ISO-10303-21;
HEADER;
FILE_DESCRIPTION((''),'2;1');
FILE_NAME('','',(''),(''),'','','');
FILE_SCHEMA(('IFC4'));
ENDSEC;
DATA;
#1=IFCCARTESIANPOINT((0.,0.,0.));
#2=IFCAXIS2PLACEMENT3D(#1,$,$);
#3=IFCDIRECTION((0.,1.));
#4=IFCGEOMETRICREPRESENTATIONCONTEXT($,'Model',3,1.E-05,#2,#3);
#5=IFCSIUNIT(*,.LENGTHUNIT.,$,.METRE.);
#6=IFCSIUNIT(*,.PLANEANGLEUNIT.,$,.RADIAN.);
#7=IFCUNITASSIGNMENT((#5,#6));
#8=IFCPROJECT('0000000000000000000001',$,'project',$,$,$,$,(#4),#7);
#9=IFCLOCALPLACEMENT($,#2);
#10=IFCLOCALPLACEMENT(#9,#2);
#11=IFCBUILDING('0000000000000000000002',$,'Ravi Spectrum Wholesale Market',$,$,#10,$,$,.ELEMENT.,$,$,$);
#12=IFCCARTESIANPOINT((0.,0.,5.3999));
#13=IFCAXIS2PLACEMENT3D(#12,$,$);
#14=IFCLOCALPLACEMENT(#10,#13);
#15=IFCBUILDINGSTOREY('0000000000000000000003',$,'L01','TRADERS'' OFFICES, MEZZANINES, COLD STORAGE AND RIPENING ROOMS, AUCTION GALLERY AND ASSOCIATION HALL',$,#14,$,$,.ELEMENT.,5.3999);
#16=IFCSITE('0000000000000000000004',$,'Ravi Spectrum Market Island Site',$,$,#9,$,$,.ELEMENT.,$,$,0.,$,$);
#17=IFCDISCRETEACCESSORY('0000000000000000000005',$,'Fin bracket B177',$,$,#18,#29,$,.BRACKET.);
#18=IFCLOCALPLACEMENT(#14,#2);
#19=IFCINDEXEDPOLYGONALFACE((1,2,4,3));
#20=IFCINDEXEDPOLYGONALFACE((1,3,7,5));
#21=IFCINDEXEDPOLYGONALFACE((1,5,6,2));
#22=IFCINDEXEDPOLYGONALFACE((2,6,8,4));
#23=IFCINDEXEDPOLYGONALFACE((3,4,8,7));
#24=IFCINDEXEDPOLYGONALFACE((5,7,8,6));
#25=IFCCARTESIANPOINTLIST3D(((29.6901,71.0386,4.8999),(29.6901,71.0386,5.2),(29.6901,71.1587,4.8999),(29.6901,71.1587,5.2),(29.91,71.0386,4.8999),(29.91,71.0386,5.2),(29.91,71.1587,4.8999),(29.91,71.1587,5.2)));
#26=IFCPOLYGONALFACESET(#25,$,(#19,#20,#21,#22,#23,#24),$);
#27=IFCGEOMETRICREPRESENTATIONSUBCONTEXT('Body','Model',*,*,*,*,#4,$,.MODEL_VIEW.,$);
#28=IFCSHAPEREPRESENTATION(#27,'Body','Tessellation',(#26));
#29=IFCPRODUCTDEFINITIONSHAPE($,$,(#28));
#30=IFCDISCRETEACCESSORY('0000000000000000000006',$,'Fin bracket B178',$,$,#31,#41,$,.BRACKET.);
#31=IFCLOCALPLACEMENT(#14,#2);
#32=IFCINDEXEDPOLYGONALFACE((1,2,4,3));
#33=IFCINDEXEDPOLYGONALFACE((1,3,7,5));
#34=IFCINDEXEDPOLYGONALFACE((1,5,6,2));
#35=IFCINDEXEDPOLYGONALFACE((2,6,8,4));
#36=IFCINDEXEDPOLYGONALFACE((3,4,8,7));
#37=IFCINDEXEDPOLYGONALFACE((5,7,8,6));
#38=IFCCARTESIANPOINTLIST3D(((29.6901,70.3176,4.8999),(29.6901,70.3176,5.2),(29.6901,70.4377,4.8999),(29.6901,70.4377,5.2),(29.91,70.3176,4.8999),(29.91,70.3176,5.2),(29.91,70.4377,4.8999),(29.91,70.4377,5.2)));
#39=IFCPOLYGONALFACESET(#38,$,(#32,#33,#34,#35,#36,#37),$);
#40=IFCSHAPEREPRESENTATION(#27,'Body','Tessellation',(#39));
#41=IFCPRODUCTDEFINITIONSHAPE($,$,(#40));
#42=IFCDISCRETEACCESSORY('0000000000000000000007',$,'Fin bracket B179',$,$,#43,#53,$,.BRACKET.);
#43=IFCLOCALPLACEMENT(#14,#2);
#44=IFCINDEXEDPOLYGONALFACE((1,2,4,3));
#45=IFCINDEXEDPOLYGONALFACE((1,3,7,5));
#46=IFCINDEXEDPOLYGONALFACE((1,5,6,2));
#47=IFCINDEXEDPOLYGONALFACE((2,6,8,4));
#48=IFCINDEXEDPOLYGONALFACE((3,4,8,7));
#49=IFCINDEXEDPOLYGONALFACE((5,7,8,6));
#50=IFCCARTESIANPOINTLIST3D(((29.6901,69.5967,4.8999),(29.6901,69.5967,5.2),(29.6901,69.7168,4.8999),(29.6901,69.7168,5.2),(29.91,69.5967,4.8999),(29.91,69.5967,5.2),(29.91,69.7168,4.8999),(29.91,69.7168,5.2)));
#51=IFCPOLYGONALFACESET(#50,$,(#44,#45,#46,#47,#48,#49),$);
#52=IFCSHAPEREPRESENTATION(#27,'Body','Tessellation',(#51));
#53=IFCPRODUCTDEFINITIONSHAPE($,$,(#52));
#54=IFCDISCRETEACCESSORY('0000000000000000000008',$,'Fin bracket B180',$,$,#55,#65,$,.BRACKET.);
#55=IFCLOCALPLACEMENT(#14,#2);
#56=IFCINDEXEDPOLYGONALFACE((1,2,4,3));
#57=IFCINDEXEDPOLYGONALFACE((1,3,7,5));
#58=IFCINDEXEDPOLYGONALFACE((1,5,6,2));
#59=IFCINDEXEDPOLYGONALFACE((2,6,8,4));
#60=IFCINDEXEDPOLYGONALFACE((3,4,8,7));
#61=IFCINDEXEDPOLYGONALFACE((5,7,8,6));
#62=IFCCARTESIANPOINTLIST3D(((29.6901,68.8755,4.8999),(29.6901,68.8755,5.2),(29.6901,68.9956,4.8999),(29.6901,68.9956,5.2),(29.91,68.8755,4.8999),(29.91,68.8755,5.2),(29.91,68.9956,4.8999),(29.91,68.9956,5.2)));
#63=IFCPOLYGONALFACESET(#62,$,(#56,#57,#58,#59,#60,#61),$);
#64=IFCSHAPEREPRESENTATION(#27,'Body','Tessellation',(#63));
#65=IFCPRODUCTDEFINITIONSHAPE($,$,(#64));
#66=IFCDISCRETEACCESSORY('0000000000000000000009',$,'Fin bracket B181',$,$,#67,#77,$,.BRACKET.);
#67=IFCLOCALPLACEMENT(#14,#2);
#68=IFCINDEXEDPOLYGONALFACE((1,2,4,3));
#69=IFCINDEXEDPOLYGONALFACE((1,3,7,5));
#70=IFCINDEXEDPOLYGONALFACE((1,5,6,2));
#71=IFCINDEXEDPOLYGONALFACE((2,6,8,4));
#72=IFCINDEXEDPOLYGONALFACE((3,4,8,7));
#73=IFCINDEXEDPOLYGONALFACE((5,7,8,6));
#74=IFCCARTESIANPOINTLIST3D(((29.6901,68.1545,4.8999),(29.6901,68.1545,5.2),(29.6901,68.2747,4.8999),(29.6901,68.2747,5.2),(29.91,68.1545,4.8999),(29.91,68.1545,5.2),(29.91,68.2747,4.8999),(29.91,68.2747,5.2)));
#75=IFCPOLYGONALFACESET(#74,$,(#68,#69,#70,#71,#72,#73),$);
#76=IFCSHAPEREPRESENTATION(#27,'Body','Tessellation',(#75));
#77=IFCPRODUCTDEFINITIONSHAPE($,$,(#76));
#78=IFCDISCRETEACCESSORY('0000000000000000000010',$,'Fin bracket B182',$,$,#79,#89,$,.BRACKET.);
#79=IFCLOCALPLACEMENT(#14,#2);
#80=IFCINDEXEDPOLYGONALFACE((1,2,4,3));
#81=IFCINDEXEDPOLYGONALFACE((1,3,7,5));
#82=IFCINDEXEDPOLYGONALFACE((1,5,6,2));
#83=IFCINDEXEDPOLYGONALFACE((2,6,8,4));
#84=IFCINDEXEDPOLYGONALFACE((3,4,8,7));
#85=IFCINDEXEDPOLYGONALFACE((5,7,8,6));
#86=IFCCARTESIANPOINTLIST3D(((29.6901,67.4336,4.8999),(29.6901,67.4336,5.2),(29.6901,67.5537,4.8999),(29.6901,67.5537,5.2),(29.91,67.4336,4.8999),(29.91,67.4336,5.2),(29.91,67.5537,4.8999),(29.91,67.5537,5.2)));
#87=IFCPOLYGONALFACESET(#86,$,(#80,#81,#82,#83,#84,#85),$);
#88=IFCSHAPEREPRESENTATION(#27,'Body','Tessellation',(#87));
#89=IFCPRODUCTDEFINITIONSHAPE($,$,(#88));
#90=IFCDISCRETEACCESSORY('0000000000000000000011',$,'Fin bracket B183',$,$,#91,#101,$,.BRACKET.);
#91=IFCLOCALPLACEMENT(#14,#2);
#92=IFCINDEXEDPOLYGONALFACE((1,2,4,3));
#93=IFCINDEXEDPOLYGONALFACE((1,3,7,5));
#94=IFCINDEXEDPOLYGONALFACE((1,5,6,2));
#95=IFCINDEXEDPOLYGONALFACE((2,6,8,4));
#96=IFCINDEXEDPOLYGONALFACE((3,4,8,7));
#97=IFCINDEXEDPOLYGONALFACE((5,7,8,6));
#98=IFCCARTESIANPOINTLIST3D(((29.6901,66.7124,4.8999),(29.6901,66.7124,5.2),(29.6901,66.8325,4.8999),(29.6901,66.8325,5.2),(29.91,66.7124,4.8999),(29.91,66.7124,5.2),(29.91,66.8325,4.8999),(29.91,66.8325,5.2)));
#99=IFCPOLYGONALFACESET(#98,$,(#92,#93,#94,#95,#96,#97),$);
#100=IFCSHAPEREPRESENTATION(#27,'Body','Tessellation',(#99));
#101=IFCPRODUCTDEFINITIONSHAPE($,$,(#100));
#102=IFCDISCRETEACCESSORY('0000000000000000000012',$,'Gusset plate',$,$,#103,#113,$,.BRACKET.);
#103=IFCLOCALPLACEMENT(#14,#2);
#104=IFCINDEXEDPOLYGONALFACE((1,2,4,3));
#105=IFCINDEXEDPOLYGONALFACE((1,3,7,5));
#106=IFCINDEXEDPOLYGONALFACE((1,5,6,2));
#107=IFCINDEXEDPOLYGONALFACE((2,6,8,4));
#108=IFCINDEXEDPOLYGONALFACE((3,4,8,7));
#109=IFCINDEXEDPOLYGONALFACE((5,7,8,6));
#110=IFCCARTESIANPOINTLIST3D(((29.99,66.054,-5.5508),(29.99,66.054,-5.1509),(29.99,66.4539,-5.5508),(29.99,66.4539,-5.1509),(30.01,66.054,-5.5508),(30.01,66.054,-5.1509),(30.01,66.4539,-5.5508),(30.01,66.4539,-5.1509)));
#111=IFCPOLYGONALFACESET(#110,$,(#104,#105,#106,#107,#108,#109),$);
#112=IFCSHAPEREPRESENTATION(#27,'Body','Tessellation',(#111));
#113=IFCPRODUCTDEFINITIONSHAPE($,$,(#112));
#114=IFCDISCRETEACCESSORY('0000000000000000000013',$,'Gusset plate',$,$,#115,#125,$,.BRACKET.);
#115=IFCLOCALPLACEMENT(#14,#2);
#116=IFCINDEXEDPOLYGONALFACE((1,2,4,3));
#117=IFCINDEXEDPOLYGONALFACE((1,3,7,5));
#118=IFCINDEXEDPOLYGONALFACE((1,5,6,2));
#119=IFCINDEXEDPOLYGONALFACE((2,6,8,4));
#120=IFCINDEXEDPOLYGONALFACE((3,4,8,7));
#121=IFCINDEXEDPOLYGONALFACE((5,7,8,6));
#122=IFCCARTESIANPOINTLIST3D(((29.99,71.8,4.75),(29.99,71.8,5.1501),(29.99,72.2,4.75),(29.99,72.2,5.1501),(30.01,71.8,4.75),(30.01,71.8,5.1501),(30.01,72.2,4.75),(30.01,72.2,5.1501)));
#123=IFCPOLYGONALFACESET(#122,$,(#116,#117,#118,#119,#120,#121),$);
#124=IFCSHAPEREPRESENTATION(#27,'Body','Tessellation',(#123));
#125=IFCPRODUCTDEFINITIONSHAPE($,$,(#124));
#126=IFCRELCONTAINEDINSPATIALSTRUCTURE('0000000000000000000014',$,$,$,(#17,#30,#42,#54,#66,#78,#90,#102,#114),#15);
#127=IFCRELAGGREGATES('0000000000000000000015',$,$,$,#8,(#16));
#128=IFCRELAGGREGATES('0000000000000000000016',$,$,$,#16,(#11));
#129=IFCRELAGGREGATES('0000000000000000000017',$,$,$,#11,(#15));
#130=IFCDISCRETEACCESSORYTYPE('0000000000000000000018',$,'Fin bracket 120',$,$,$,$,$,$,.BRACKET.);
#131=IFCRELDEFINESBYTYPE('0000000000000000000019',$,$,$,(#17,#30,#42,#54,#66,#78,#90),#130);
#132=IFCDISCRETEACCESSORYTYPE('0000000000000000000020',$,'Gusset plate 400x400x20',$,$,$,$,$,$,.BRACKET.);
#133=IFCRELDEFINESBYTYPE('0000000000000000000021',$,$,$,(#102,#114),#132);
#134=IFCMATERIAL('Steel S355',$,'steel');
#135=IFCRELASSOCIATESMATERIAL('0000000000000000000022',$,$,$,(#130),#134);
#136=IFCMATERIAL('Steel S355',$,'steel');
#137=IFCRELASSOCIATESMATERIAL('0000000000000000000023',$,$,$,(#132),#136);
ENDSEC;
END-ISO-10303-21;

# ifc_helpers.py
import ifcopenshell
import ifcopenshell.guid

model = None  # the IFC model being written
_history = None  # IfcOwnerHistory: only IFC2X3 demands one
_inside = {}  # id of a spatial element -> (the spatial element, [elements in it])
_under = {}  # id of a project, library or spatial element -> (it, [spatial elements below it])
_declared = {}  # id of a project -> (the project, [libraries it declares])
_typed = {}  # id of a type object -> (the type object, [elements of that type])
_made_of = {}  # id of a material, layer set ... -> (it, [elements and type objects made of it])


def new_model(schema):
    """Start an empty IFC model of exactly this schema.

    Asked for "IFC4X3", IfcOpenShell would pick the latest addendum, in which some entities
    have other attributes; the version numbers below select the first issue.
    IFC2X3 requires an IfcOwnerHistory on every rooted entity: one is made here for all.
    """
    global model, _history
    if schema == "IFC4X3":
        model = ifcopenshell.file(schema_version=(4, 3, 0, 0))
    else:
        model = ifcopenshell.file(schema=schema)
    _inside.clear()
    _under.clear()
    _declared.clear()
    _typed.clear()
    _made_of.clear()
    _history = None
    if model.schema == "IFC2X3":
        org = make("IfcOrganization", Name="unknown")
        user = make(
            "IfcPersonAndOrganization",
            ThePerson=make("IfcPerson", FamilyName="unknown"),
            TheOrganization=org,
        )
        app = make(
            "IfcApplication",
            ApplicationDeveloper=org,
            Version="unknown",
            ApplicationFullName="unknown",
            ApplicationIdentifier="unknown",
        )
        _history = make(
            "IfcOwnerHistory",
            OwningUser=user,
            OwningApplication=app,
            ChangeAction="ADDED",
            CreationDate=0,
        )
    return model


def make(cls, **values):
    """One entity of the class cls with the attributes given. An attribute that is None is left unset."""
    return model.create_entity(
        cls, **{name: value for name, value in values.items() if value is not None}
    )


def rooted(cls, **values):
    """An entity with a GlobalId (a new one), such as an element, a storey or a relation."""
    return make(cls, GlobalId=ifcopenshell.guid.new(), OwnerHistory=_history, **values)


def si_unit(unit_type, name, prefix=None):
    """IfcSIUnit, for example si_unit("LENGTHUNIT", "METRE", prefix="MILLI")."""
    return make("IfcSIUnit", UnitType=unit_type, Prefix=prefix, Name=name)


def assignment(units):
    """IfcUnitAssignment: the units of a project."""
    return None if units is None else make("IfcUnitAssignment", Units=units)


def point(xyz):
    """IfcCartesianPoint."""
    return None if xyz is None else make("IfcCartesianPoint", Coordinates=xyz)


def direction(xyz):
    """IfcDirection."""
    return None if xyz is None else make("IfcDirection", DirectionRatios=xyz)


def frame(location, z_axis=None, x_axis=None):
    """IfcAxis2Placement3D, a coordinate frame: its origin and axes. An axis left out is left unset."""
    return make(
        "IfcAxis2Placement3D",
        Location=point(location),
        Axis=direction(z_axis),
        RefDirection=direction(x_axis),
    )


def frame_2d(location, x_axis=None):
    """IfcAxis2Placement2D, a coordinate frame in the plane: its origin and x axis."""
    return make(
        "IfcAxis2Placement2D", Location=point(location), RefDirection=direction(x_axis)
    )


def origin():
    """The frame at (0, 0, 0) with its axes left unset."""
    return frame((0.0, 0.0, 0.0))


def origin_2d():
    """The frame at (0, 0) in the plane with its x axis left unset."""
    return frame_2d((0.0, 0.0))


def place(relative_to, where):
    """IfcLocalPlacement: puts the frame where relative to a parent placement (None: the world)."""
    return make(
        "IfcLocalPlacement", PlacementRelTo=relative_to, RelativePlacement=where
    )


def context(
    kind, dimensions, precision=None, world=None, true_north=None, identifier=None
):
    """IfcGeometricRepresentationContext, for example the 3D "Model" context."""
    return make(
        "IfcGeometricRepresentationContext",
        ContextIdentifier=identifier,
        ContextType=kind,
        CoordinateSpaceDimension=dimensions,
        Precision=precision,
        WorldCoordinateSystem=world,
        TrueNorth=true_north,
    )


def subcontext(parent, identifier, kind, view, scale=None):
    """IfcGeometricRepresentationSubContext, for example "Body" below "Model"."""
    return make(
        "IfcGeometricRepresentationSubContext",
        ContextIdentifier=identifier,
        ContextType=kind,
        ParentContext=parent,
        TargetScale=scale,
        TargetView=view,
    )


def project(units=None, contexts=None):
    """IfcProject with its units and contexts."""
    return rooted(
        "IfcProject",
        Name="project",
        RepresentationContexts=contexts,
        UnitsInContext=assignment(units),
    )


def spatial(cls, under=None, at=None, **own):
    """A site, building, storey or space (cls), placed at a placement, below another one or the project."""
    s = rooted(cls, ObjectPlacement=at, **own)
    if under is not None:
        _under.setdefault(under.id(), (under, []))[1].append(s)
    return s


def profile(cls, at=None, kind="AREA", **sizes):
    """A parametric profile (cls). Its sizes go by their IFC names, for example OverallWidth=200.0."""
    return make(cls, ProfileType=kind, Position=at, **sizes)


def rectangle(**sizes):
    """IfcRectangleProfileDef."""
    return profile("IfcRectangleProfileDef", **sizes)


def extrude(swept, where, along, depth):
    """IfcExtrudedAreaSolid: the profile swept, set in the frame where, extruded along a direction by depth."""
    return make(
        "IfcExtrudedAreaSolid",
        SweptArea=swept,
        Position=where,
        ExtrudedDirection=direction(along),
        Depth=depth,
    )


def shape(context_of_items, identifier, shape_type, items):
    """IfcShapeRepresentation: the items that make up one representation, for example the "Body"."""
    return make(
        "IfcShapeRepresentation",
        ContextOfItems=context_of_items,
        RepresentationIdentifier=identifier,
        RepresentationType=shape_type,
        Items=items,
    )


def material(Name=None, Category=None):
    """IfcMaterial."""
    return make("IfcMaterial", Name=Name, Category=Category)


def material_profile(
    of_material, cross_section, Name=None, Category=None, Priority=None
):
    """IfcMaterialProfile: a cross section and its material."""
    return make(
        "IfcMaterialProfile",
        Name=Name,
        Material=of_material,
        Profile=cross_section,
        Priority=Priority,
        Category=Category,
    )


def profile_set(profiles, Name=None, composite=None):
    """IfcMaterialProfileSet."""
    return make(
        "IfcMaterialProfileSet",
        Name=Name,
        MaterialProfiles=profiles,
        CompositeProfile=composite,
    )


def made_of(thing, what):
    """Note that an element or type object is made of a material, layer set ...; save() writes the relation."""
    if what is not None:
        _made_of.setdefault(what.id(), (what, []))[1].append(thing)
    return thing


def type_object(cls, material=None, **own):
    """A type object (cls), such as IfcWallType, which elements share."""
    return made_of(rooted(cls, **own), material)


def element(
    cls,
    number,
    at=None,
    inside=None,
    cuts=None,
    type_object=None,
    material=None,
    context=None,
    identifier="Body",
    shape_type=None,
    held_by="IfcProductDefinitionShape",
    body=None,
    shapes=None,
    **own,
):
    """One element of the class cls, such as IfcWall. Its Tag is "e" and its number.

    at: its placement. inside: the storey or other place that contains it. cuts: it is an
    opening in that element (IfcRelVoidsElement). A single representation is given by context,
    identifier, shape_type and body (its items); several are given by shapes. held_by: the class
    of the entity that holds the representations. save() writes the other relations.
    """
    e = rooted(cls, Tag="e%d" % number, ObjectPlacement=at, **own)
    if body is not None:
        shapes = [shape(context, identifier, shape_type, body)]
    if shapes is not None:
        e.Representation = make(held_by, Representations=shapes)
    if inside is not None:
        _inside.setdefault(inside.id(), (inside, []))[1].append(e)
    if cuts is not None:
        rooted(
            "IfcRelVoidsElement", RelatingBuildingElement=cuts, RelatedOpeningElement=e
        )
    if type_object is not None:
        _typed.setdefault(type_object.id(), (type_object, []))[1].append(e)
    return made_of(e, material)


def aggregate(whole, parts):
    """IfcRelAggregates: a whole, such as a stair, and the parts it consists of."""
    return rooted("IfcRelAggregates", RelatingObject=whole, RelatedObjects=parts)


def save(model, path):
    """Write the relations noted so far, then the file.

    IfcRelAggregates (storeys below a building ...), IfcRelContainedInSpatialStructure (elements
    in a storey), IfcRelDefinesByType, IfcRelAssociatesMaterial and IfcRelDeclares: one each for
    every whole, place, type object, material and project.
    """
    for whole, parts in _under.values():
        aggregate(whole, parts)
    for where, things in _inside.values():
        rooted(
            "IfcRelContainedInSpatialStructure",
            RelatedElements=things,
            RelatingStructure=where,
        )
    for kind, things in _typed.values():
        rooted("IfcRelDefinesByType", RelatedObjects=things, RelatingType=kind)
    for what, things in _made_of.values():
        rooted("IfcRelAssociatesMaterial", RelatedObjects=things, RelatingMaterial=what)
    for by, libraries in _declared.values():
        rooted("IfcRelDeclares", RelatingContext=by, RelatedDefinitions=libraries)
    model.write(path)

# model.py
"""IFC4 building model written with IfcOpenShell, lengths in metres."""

from ifc_helpers import new_model, si_unit, direction, frame, origin, origin_2d, place, context, subcontext, project, spatial, rectangle, extrude, material, material_profile, profile_set, type_object, element, save


model = new_model("IFC4")

# Units and contexts
model_context = context("Model", 3, precision=1e-05, world=origin(), true_north=direction((0.0, 1.0)))
body_context = subcontext(model_context, "Body", "Model", "MODEL_VIEW")
ifc_project = project(units=[si_unit("LENGTHUNIT", "METRE"), si_unit("PLANEANGLEUNIT", "RADIAN")], contexts=[model_context])

# Site, building, storey
site_placement = place(None, origin())
site = spatial("IfcSite", under=ifc_project, at=site_placement, Name="Ravi Spectrum Market Island Site", CompositionType="ELEMENT", RefElevation=0.0)
building_placement = place(site_placement, origin())
building = spatial("IfcBuilding", under=site, at=building_placement, Name="Ravi Spectrum Wholesale Market", CompositionType="ELEMENT")
storey_placement = place(building_placement, frame((0.0, 0.0, 5.3999)))
storey = spatial("IfcBuildingStorey", under=building, at=storey_placement, Name="L01", Description="TRADERS' OFFICES, MEZZANINES, COLD STORAGE AND RIPENING ROOMS, AUCTION GALLERY AND ASSOCIATION HALL", CompositionType="ELEMENT", Elevation=5.3999)

# Discrete accessories
ifc_material_1 = material(Name="Steel S355", Category="steel")
discrete_accessory_type_1 = type_object("IfcDiscreteAccessoryType", Name="Fin bracket 120", PredefinedType="BRACKET", material=ifc_material_1)
for number, where, z_axis, x_axis, name in (
    (1, (29.8, 71.0986, 4.8999), (0.0, 0.0, 1.0), (0.0, -1.0, 0.0), "Fin bracket B177"),
    (2, (29.8, 70.3777, 4.8999), (0.0, 0.0, 1.0), (0.0, -1.0, 0.0), "Fin bracket B178"),
    (3, (29.8, 69.6567, 4.8999), (0.0, 0.0, 1.0), (0.0, -1.0, 0.0), "Fin bracket B179"),
    (4, (29.8, 68.9355, 4.8999), (0.0, 0.0, 1.0), (0.0, -1.0, 0.0), "Fin bracket B180"),
    (5, (29.8, 68.2146, 4.8999), (0.0, 0.0, 1.0), (0.0, -1.0, 0.0), "Fin bracket B181"),
    (6, (29.8, 67.4937, 4.8999), (0.0, 0.0, 1.0), (0.0, -1.0, 0.0), "Fin bracket B182"),
    (7, (29.8, 66.7725, 4.8999), (0.0, 0.0, 1.0), (0.0, -1.0, 0.0), "Fin bracket B183"),
):
    element("IfcDiscreteAccessory", number, at=place(storey_placement, frame(where, z_axis=z_axis, x_axis=x_axis)), inside=storey, type_object=discrete_accessory_type_1, Name=name, PredefinedType="BRACKET", context=body_context, shape_type="SweptSolid", body=[
        extrude(rectangle(XDim=0.1201, YDim=0.22, at=origin_2d()), origin(), (0.0, 0.0, 1.0), 0.3),
    ])
ifc_material_2 = material(Name="Steel S355", Category="steel")
ifc_material_profile_1 = material_profile(ifc_material_2, rectangle(XDim=0.3999, YDim=0.02, at=origin_2d()))
ifc_profile_set_1 = profile_set([ifc_material_profile_1], Name="Steel S355")
discrete_accessory_type_2 = type_object("IfcDiscreteAccessoryType", Name="Gusset plate 400x400x20", PredefinedType="BRACKET", material=ifc_profile_set_1)
discrete_accessory_1_placement = place(storey_placement, frame((30.0, 66.2539, -5.5508), z_axis=(0.0, 0.0, 1.0), x_axis=(0.0, 1.0, 0.0)))
element("IfcDiscreteAccessory", 8, at=discrete_accessory_1_placement, inside=storey, type_object=discrete_accessory_type_2, Name="Gusset plate", PredefinedType="BRACKET", context=body_context, shape_type="SweptSolid", body=[
    extrude(rectangle(XDim=0.3999, YDim=0.02, at=origin_2d()), origin(), (0.0, 0.0, 1.0), 0.3999),
])
discrete_accessory_2_placement = place(storey_placement, frame((30.0, 72.0, 4.75), z_axis=(0.0, 0.0, 1.0), x_axis=(0.0, 1.0, 0.0)))
element("IfcDiscreteAccessory", 9, at=discrete_accessory_2_placement, inside=storey, type_object=discrete_accessory_type_2, Name="Gusset plate", PredefinedType="BRACKET", context=body_context, shape_type="SweptSolid", body=[
    extrude(rectangle(XDim=0.3999, YDim=0.02, at=origin_2d()), origin(), (0.0, 0.0, 1.0), 0.4001),
])

save(model, "model.ifc")
